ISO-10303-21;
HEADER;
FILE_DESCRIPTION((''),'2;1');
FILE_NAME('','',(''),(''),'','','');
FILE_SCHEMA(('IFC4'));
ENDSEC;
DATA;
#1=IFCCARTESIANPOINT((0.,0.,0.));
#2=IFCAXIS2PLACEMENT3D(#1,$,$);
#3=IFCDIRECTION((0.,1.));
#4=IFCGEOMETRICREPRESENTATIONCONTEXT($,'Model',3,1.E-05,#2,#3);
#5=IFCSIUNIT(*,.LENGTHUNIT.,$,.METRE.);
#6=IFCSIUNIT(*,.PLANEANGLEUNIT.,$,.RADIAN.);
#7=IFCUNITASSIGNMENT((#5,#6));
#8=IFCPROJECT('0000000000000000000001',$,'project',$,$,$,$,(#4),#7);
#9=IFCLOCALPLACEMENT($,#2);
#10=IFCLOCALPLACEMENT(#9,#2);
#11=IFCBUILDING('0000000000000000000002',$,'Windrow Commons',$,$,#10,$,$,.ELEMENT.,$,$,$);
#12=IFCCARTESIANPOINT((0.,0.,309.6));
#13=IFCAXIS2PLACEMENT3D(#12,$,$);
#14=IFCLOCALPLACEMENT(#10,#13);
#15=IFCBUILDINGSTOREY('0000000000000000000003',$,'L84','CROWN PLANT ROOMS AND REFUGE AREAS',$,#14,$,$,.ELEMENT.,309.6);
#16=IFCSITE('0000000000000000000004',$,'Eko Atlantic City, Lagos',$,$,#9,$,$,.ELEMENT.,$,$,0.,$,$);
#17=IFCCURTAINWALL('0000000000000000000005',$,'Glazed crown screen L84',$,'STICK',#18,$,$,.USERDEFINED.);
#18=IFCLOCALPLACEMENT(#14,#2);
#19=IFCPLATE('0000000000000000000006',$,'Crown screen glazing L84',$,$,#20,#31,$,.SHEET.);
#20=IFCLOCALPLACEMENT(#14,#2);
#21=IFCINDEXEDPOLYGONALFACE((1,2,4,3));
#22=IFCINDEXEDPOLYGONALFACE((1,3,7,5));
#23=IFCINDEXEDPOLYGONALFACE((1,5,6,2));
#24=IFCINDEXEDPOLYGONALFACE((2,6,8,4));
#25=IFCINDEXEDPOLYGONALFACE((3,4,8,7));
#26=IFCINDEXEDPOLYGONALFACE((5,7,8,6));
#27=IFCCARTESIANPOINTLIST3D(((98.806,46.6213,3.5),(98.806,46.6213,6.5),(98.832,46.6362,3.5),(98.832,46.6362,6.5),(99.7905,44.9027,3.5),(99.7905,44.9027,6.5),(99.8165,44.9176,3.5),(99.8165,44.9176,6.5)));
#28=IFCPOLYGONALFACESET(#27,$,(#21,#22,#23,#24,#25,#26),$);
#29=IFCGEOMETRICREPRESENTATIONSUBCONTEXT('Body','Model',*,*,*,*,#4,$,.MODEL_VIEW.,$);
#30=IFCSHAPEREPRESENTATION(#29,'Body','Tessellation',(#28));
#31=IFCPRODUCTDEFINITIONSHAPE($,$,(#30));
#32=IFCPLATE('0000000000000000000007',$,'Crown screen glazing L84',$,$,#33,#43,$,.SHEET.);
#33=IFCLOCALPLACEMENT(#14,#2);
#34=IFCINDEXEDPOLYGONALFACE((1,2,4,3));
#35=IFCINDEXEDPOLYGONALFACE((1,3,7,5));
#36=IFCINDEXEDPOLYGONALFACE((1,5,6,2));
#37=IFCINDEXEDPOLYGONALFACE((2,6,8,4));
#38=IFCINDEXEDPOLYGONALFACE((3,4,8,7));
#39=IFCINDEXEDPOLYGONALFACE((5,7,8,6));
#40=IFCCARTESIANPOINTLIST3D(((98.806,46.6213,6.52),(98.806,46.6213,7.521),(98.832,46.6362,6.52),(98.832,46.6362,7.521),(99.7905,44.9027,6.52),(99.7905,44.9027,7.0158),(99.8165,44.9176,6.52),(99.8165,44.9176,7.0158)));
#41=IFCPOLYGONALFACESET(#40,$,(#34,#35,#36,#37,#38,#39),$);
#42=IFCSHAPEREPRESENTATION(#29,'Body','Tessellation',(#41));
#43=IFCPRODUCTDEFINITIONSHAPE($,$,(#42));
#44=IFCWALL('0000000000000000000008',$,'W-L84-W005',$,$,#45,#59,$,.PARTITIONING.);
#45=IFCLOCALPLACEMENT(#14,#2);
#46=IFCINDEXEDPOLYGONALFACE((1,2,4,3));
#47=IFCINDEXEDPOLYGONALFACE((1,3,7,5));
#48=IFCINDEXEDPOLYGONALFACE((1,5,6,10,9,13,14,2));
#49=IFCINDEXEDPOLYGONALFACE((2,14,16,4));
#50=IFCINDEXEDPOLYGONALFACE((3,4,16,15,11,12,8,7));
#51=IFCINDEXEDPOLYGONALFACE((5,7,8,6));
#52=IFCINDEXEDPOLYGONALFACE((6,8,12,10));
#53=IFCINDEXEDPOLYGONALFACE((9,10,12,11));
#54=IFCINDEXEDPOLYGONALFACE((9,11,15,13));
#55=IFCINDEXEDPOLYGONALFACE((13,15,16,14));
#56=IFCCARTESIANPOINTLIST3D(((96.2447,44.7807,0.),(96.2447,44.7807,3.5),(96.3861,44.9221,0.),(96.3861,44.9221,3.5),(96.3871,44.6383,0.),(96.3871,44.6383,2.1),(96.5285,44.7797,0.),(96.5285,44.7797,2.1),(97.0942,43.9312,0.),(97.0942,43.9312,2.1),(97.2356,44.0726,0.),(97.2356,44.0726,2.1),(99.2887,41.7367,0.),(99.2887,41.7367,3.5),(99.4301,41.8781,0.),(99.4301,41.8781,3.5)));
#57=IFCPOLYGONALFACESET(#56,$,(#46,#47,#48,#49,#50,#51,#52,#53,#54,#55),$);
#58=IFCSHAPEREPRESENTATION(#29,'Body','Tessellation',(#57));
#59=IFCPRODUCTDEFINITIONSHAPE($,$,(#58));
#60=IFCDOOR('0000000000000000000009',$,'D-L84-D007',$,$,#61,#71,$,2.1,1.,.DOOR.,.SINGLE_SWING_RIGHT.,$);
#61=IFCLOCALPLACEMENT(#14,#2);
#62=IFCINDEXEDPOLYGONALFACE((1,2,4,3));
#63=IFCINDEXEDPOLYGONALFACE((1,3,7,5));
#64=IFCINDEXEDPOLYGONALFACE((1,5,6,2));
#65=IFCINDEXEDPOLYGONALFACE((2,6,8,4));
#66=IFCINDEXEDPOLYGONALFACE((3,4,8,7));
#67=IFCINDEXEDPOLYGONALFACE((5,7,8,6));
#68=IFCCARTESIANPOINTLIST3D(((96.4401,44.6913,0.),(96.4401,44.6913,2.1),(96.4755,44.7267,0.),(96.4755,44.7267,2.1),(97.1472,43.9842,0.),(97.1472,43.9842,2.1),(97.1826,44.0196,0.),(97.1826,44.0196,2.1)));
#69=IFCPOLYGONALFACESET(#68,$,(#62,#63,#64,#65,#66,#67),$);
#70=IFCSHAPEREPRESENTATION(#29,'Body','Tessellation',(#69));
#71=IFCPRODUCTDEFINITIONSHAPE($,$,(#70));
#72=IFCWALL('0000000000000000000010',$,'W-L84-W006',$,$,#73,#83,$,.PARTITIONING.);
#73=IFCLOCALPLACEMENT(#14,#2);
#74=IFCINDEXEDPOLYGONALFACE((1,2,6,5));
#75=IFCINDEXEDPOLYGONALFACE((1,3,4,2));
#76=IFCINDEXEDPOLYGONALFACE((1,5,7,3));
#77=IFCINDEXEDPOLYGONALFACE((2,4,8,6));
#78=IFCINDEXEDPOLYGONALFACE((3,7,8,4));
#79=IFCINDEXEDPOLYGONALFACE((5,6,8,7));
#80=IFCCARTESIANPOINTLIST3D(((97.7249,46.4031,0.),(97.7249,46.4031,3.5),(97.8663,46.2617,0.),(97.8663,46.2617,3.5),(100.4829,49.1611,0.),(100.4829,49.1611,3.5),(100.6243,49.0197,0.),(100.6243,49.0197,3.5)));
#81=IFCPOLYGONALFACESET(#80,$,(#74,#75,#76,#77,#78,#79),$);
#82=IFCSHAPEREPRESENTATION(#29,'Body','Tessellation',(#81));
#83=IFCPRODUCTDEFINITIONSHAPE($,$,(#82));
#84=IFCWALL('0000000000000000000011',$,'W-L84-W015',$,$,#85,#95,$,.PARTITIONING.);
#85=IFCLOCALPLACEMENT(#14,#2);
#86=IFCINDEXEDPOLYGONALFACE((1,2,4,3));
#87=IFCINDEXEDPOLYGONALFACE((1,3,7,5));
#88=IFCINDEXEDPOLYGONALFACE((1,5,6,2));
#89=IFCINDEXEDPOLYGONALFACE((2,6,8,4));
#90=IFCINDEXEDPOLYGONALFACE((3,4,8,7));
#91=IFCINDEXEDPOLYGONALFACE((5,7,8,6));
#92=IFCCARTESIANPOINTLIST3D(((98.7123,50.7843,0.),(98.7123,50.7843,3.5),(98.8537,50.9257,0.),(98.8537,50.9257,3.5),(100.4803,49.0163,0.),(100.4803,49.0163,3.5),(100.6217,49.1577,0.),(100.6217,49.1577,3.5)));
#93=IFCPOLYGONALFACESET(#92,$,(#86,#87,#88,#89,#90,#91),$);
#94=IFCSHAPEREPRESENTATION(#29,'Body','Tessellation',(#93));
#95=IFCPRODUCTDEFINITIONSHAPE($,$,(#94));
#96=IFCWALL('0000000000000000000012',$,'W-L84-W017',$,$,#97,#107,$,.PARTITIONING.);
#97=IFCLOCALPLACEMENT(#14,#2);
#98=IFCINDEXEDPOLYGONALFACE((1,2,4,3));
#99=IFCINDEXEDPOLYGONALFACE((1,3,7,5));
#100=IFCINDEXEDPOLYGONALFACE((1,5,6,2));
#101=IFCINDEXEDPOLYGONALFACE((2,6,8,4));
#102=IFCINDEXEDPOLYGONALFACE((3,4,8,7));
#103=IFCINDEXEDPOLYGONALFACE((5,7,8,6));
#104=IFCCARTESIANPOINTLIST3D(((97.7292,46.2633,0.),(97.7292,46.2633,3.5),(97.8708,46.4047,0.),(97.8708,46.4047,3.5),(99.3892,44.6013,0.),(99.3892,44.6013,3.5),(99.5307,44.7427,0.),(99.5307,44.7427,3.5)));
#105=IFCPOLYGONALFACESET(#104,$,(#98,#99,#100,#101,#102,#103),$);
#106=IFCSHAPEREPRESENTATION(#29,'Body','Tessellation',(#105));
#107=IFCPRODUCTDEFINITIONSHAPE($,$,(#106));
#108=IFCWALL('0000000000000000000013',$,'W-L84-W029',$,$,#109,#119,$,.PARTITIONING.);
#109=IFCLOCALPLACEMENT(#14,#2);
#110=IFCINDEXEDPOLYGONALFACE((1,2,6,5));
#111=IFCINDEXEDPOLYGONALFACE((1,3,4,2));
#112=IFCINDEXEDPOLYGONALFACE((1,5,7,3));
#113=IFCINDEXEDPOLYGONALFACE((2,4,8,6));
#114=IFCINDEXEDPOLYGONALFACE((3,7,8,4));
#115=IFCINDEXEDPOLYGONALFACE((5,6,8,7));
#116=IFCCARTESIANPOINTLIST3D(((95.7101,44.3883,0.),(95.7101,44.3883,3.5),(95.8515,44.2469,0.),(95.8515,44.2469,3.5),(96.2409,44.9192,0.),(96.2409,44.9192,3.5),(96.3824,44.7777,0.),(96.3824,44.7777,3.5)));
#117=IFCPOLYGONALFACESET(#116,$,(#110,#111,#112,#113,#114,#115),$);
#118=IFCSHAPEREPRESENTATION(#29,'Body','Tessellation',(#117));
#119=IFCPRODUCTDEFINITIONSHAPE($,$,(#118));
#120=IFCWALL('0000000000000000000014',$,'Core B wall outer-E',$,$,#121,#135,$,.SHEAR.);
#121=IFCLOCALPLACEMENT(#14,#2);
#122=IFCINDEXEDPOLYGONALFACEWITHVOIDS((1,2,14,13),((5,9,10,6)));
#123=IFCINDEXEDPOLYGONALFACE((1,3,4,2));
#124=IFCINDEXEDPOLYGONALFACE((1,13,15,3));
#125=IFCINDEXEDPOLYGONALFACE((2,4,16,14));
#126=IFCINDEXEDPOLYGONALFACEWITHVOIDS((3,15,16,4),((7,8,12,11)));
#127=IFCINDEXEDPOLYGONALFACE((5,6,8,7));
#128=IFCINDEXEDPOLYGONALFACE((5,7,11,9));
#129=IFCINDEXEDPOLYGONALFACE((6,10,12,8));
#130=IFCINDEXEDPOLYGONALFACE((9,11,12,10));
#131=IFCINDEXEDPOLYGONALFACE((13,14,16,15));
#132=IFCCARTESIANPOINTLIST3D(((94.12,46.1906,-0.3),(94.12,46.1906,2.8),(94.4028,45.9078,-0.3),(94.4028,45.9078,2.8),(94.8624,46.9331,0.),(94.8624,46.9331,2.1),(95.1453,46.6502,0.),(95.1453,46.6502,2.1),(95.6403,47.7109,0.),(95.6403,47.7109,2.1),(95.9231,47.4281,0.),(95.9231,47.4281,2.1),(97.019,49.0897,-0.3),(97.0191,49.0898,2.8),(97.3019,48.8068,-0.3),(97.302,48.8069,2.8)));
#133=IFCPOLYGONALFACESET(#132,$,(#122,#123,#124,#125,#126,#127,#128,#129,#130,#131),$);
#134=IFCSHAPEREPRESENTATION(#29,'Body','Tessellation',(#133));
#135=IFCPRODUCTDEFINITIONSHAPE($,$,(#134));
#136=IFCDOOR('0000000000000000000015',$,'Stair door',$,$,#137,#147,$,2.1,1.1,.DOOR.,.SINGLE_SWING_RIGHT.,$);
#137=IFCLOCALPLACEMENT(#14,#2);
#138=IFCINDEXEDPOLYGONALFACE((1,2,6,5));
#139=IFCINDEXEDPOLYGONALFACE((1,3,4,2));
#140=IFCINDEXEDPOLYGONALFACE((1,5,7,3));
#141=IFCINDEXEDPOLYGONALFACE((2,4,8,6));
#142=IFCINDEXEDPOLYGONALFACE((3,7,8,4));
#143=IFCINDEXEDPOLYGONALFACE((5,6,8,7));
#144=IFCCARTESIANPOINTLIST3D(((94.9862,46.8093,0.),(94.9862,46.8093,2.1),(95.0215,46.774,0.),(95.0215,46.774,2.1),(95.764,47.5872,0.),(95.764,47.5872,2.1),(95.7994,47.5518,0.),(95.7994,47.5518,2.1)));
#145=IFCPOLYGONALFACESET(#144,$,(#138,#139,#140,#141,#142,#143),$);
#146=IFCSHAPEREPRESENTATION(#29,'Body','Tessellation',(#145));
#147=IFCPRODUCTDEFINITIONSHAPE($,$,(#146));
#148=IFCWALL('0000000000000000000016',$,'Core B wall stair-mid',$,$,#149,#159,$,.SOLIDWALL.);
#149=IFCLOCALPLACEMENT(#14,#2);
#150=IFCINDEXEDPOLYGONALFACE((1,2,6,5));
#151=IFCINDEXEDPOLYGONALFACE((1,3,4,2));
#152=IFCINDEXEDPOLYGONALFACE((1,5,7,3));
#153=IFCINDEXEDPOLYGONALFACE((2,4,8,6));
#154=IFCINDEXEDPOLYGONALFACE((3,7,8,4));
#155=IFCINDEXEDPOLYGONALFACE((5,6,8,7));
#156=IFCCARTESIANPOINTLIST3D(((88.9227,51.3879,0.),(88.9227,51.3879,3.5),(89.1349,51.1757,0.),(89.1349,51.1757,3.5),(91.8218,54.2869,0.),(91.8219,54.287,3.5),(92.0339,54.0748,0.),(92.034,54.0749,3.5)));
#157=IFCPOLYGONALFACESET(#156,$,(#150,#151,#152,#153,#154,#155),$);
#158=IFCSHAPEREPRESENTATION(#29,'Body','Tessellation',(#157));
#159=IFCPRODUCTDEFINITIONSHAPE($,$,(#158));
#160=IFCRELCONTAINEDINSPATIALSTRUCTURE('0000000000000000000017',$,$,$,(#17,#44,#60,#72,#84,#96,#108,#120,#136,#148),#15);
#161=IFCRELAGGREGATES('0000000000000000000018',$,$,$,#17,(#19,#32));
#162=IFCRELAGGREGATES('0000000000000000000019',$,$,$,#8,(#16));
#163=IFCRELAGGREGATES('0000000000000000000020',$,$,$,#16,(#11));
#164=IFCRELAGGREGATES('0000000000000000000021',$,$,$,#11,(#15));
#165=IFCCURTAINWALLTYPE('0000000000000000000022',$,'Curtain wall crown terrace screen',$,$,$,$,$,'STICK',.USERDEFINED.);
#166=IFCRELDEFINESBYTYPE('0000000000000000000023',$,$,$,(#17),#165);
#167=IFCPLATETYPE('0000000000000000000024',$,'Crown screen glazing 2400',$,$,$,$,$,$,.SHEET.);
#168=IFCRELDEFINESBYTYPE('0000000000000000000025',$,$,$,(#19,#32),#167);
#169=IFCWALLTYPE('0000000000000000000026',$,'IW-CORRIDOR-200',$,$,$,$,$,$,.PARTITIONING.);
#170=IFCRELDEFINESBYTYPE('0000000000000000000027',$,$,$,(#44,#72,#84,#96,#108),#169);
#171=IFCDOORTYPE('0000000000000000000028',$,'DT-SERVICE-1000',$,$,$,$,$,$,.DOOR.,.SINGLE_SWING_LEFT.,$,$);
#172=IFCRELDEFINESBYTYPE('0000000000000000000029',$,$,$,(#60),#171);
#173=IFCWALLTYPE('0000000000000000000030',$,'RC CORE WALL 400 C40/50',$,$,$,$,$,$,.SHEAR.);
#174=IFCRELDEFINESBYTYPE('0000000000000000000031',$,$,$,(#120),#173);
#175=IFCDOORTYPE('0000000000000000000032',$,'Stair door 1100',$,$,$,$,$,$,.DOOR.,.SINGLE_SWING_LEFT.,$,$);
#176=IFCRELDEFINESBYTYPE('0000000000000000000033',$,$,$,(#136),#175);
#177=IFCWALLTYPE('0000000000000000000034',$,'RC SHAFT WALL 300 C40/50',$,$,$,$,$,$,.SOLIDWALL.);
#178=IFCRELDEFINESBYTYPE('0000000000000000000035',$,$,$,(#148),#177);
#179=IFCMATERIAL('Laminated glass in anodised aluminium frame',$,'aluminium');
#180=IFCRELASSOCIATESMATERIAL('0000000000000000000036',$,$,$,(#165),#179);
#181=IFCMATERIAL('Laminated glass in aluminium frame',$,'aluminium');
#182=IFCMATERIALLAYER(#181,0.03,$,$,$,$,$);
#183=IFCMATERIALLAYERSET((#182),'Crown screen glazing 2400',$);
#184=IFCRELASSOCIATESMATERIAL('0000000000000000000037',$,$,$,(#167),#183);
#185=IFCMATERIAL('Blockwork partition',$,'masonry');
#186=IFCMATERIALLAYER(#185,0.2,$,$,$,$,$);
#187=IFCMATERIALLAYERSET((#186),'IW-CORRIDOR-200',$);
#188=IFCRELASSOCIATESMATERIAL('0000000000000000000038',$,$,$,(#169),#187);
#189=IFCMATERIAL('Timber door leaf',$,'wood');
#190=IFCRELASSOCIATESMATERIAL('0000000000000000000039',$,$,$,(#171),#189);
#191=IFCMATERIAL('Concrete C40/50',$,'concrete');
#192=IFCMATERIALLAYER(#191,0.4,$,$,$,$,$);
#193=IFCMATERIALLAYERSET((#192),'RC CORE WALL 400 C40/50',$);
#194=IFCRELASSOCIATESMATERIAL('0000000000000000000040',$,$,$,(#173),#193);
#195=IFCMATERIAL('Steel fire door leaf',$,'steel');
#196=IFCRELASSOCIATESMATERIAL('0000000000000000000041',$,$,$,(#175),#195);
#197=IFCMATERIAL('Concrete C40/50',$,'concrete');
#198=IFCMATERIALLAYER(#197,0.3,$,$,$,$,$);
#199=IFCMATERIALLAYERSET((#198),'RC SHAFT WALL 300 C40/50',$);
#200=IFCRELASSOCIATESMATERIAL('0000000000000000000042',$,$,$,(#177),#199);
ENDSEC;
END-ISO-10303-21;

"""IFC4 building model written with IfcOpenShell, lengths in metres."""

from ifc_helpers import new_model, si_unit, direction, frame, frame_2d, origin, place, context, subcontext, project, spatial, polyline, rectangle, outline, extrude, material, layer, layer_set, type_object, element, fill, aggregate, save


model = new_model("IFC4")

# Units and contexts
model_context = context("Model", 3, precision=1e-05, world=origin(), true_north=direction((0.0, 1.0)))
body_context = subcontext(model_context, "Body", "Model", "MODEL_VIEW")
ifc_project = project(units=[si_unit("LENGTHUNIT", "METRE"), si_unit("PLANEANGLEUNIT", "RADIAN")], contexts=[model_context])

# Site, building, storey
site_placement = place(None, origin())
site = spatial("IfcSite", under=ifc_project, at=site_placement, Name="Eko Atlantic City, Lagos", CompositionType="ELEMENT", RefElevation=0.0)
building_placement = place(site_placement, origin())
building = spatial("IfcBuilding", under=site, at=building_placement, Name="Windrow Commons", CompositionType="ELEMENT")
storey_placement = place(building_placement, frame((0.0, 0.0, 309.6)))
storey = spatial("IfcBuildingStorey", under=building, at=storey_placement, Name="L84", Description="CROWN PLANT ROOMS AND REFUGE AREAS", CompositionType="ELEMENT", Elevation=309.6)

# Shared definitions
ifc_material_1 = material(Name="Laminated glass in anodised aluminium frame", Category="aluminium")
curtain_wall_type = type_object("IfcCurtainWallType", Name="Curtain wall crown terrace screen", ElementType="STICK", PredefinedType="USERDEFINED", material=ifc_material_1)
placement = place(storey_placement, origin())

# Curtain wall, plates
curtain_wall_1 = element("IfcCurtainWall", 1, at=placement, inside=storey, type_object=curtain_wall_type, Name="Glazed crown screen L84", ObjectType="STICK", PredefinedType="USERDEFINED")
ifc_material_2 = material(Name="Laminated glass in aluminium frame", Category="aluminium")
ifc_layer_1 = layer(ifc_material_2, 0.03)
ifc_layer_set_1 = layer_set([ifc_layer_1], Name="Crown screen glazing 2400")
plate_type_1 = type_object("IfcPlateType", Name="Crown screen glazing 2400", PredefinedType="SHEET", material=ifc_layer_set_1)
plate_1_placement = place(storey_placement, frame((98.806, 46.6213, 3.5), z_axis=(-0.867711, -0.497068, 0.0), x_axis=(0.497068, -0.867711, 0.0)))
plate_1 = element("IfcPlate", 2, at=plate_1_placement, type_object=plate_type_1, Name="Crown screen glazing L84", PredefinedType="SHEET", context=body_context, shape_type="SweptSolid", body=[
    extrude(outline(polyline([(0.0, 0.0), (1.9806, 0.0), (1.9806, 3.0), (0.0, 3.0), (0.0, 0.0)])), origin(), (0.0, 0.0, -1.0), 0.03),
])
plate_2_placement = place(storey_placement, frame((98.806, 46.6213, 6.52), z_axis=(-0.867711, -0.497068, 0.0), x_axis=(0.497068, -0.867711, 0.0)))
plate_2 = element("IfcPlate", 3, at=plate_2_placement, type_object=plate_type_1, Name="Crown screen glazing L84", PredefinedType="SHEET", context=body_context, shape_type="SweptSolid", body=[
    extrude(outline(polyline([(0.0, 0.0), (1.9806, 0.0), (1.9806, 0.4958), (0.0, 1.001), (0.0, 0.0)])), origin(), (0.0, 0.0, -1.0), 0.03),
])
aggregate(curtain_wall_1, [plate_1, plate_2])

# Wall, opening, door
ifc_material_3 = material(Name="Blockwork partition", Category="masonry")
ifc_layer_2 = layer(ifc_material_3, 0.2)
ifc_layer_set_2 = layer_set([ifc_layer_2], Name="IW-CORRIDOR-200")
wall_type_1 = type_object("IfcWallType", Name="IW-CORRIDOR-200", PredefinedType="PARTITIONING", material=ifc_layer_set_2)
wall_1_placement = place(storey_placement, frame((96.3154, 44.8514, 0.0), z_axis=(0.0, 0.0, 1.0), x_axis=(0.707107, -0.707107, 0.0)))
wall_1 = element("IfcWall", 4, at=wall_1_placement, inside=storey, type_object=wall_type_1, Name="W-L84-W005", PredefinedType="PARTITIONING", context=body_context, shape_type="SweptSolid", body=[
    extrude(rectangle(XDim=4.3049, YDim=0.2, at=frame_2d((2.1524, 0.0))), origin(), (0.0, 0.0, 1.0), 3.5),
])
opening_1_placement = place(wall_1_placement, frame((0.2014, 0.0, 0.0)))
opening_1 = element("IfcOpeningElement", 5, at=opening_1_placement, cuts=wall_1, PredefinedType="OPENING", context=body_context, shape_type="SweptSolid", body=[
    extrude(rectangle(XDim=1.0, YDim=2.1, at=frame_2d((0.5, 1.05))), frame((0.0, 0.11, 0.0), z_axis=(0.0, -1.0, 0.0), x_axis=(1.0, 0.0, 0.0)), (0.0, 0.0, 1.0), 0.22),
])
ifc_material_4 = material(Name="Timber door leaf", Category="wood")
door_type_1 = type_object("IfcDoorType", Name="DT-SERVICE-1000", OperationType="SINGLE_SWING_LEFT", PredefinedType="DOOR", material=ifc_material_4)
door_1_placement = place(opening_1_placement, origin())
door_1 = element("IfcDoor", 6, at=door_1_placement, inside=storey, type_object=door_type_1, Name="D-L84-D007", OperationType="SINGLE_SWING_RIGHT", OverallHeight=2.1, OverallWidth=1.0, PredefinedType="DOOR", context=body_context, shape_type="SweptSolid", body=[
    extrude(rectangle(XDim=1.0, YDim=2.1, at=frame_2d((0.5, 1.05))), frame((0.0, 0.025, 0.0), z_axis=(0.0, -1.0, 0.0), x_axis=(1.0, 0.0, 0.0)), (0.0, 0.0, 1.0), 0.05),
])
fill(opening_1, door_1)

# Walls
wall_2_placement = place(storey_placement, frame((97.7956, 46.3324, 0.0), z_axis=(0.0, 0.0, 1.0), x_axis=(0.707107, 0.707107, 0.0)))
element("IfcWall", 7, at=wall_2_placement, inside=storey, type_object=wall_type_1, Name="W-L84-W006", PredefinedType="PARTITIONING", context=body_context, shape_type="SweptSolid", body=[
    extrude(rectangle(XDim=3.9004, YDim=0.2, at=frame_2d((1.9502, 0.0))), origin(), (0.0, 0.0, 1.0), 3.5),
])
wall_3_placement = place(storey_placement, frame((98.783, 50.855, 0.0), z_axis=(0.0, 0.0, 1.0), x_axis=(0.707107, -0.707107, 0.0)))
element("IfcWall", 8, at=wall_3_placement, inside=storey, type_object=wall_type_1, Name="W-L84-W015", PredefinedType="PARTITIONING", context=body_context, shape_type="SweptSolid", body=[
    extrude(rectangle(XDim=2.5003, YDim=0.2, at=frame_2d((1.2502, 0.0))), origin(), (0.0, 0.0, 1.0), 3.5),
])
wall_4_placement = place(storey_placement, frame((97.8, 46.334, 0.0), z_axis=(0.0, 0.0, 1.0), x_axis=(0.706681, -0.707532, 0.0)))
element("IfcWall", 9, at=wall_4_placement, inside=storey, type_object=wall_type_1, Name="W-L84-W017", PredefinedType="PARTITIONING", context=body_context, shape_type="SweptSolid", body=[
    extrude(rectangle(XDim=2.349, YDim=0.2, at=frame_2d((1.1745, 0.0))), origin(), (0.0, 0.0, 1.0), 3.5),
])
wall_5_placement = place(storey_placement, frame((95.7808, 44.3176, 0.0), z_axis=(0.0, 0.0, 1.0), x_axis=(0.707107, 0.707107, 0.0)))
element("IfcWall", 10, at=wall_5_placement, inside=storey, type_object=wall_type_1, Name="W-L84-W029", PredefinedType="PARTITIONING", context=body_context, shape_type="SweptSolid", body=[
    extrude(rectangle(XDim=0.7507, YDim=0.2, at=frame_2d((0.3754, 0.0))), origin(), (0.0, 0.0, 1.0), 3.5),
])

# Wall, opening, door
ifc_material_5 = material(Name="Concrete C40/50", Category="concrete")
ifc_layer_3 = layer(ifc_material_5, 0.4)
ifc_layer_set_3 = layer_set([ifc_layer_3], Name="RC CORE WALL 400 C40/50")
wall_type_2 = type_object("IfcWallType", Name="RC CORE WALL 400 C40/50", PredefinedType="SHEAR", material=ifc_layer_set_3)
wall_6_placement = place(storey_placement, frame((94.2614, 46.0492, -0.3), z_axis=(0.0, 0.0, 1.0), x_axis=(0.707107, 0.707107, 0.0)))
wall_6 = element("IfcWall", 11, at=wall_6_placement, inside=storey, type_object=wall_type_2, Name="Core B wall outer-E", PredefinedType="SHEAR", context=body_context, shape_type="SweptSolid", body=[
    extrude(outline(polyline([(0.0, 0.0), (4.0999, 0.0), (4.1, 3.1), (0.0, 3.1), (0.0, 0.0)])), frame((0.0, 0.2, 0.0), z_axis=(0.0, -1.0, 0.0), x_axis=(1.0, 0.0, 0.0)), (0.0, 0.0, 1.0), 0.4),
])
opening_2_placement = place(wall_6_placement, frame((1.05, 0.0, 0.3)))
opening_2 = element("IfcOpeningElement", 12, at=opening_2_placement, cuts=wall_6, PredefinedType="OPENING", context=body_context, shape_type="SweptSolid", body=[
    extrude(rectangle(XDim=1.1, YDim=2.1, at=frame_2d((0.55, 1.05))), frame((0.0, 0.21, 0.0), z_axis=(0.0, -1.0, 0.0), x_axis=(1.0, 0.0, 0.0)), (0.0, 0.0, 1.0), 0.42),
])
ifc_material_6 = material(Name="Steel fire door leaf", Category="steel")
door_type_2 = type_object("IfcDoorType", Name="Stair door 1100", OperationType="SINGLE_SWING_LEFT", PredefinedType="DOOR", material=ifc_material_6)
door_2_placement = place(opening_2_placement, origin())
door_2 = element("IfcDoor", 13, at=door_2_placement, inside=storey, type_object=door_type_2, Name="Stair door", OperationType="SINGLE_SWING_RIGHT", OverallHeight=2.1, OverallWidth=1.1, PredefinedType="DOOR", context=body_context, shape_type="SweptSolid", body=[
    extrude(rectangle(XDim=1.1, YDim=2.1, at=frame_2d((0.55, 1.05))), frame((0.0, 0.025, 0.0), z_axis=(0.0, -1.0, 0.0), x_axis=(1.0, 0.0, 0.0)), (0.0, 0.0, 1.0), 0.05),
])
fill(opening_2, door_2)

# Wall
ifc_material_7 = material(Name="Concrete C40/50", Category="concrete")
ifc_layer_4 = layer(ifc_material_7, 0.3)
ifc_layer_set_4 = layer_set([ifc_layer_4], Name="RC SHAFT WALL 300 C40/50")
wall_type_3 = type_object("IfcWallType", Name="RC SHAFT WALL 300 C40/50", PredefinedType="SOLIDWALL", material=ifc_layer_set_4)
wall_7_placement = place(storey_placement, frame((89.0288, 51.2818, 0.0), z_axis=(0.0, 0.0, 1.0), x_axis=(0.707107, 0.707107, 0.0)))
element("IfcWall", 14, at=wall_7_placement, inside=storey, type_object=wall_type_3, Name="Core B wall stair-mid", PredefinedType="SOLIDWALL", context=body_context, shape_type="SweptSolid", body=[
    extrude(outline(polyline([(0.0, 0.0), (4.0999, 0.0), (4.1, 3.5), (0.0, 3.5), (0.0, 0.0)])), frame((0.0, 0.15, 0.0), z_axis=(0.0, -1.0, 0.0), x_axis=(1.0, 0.0, 0.0)), (0.0, 0.0, 1.0), 0.3),
])

save(model, "model.ifc")
